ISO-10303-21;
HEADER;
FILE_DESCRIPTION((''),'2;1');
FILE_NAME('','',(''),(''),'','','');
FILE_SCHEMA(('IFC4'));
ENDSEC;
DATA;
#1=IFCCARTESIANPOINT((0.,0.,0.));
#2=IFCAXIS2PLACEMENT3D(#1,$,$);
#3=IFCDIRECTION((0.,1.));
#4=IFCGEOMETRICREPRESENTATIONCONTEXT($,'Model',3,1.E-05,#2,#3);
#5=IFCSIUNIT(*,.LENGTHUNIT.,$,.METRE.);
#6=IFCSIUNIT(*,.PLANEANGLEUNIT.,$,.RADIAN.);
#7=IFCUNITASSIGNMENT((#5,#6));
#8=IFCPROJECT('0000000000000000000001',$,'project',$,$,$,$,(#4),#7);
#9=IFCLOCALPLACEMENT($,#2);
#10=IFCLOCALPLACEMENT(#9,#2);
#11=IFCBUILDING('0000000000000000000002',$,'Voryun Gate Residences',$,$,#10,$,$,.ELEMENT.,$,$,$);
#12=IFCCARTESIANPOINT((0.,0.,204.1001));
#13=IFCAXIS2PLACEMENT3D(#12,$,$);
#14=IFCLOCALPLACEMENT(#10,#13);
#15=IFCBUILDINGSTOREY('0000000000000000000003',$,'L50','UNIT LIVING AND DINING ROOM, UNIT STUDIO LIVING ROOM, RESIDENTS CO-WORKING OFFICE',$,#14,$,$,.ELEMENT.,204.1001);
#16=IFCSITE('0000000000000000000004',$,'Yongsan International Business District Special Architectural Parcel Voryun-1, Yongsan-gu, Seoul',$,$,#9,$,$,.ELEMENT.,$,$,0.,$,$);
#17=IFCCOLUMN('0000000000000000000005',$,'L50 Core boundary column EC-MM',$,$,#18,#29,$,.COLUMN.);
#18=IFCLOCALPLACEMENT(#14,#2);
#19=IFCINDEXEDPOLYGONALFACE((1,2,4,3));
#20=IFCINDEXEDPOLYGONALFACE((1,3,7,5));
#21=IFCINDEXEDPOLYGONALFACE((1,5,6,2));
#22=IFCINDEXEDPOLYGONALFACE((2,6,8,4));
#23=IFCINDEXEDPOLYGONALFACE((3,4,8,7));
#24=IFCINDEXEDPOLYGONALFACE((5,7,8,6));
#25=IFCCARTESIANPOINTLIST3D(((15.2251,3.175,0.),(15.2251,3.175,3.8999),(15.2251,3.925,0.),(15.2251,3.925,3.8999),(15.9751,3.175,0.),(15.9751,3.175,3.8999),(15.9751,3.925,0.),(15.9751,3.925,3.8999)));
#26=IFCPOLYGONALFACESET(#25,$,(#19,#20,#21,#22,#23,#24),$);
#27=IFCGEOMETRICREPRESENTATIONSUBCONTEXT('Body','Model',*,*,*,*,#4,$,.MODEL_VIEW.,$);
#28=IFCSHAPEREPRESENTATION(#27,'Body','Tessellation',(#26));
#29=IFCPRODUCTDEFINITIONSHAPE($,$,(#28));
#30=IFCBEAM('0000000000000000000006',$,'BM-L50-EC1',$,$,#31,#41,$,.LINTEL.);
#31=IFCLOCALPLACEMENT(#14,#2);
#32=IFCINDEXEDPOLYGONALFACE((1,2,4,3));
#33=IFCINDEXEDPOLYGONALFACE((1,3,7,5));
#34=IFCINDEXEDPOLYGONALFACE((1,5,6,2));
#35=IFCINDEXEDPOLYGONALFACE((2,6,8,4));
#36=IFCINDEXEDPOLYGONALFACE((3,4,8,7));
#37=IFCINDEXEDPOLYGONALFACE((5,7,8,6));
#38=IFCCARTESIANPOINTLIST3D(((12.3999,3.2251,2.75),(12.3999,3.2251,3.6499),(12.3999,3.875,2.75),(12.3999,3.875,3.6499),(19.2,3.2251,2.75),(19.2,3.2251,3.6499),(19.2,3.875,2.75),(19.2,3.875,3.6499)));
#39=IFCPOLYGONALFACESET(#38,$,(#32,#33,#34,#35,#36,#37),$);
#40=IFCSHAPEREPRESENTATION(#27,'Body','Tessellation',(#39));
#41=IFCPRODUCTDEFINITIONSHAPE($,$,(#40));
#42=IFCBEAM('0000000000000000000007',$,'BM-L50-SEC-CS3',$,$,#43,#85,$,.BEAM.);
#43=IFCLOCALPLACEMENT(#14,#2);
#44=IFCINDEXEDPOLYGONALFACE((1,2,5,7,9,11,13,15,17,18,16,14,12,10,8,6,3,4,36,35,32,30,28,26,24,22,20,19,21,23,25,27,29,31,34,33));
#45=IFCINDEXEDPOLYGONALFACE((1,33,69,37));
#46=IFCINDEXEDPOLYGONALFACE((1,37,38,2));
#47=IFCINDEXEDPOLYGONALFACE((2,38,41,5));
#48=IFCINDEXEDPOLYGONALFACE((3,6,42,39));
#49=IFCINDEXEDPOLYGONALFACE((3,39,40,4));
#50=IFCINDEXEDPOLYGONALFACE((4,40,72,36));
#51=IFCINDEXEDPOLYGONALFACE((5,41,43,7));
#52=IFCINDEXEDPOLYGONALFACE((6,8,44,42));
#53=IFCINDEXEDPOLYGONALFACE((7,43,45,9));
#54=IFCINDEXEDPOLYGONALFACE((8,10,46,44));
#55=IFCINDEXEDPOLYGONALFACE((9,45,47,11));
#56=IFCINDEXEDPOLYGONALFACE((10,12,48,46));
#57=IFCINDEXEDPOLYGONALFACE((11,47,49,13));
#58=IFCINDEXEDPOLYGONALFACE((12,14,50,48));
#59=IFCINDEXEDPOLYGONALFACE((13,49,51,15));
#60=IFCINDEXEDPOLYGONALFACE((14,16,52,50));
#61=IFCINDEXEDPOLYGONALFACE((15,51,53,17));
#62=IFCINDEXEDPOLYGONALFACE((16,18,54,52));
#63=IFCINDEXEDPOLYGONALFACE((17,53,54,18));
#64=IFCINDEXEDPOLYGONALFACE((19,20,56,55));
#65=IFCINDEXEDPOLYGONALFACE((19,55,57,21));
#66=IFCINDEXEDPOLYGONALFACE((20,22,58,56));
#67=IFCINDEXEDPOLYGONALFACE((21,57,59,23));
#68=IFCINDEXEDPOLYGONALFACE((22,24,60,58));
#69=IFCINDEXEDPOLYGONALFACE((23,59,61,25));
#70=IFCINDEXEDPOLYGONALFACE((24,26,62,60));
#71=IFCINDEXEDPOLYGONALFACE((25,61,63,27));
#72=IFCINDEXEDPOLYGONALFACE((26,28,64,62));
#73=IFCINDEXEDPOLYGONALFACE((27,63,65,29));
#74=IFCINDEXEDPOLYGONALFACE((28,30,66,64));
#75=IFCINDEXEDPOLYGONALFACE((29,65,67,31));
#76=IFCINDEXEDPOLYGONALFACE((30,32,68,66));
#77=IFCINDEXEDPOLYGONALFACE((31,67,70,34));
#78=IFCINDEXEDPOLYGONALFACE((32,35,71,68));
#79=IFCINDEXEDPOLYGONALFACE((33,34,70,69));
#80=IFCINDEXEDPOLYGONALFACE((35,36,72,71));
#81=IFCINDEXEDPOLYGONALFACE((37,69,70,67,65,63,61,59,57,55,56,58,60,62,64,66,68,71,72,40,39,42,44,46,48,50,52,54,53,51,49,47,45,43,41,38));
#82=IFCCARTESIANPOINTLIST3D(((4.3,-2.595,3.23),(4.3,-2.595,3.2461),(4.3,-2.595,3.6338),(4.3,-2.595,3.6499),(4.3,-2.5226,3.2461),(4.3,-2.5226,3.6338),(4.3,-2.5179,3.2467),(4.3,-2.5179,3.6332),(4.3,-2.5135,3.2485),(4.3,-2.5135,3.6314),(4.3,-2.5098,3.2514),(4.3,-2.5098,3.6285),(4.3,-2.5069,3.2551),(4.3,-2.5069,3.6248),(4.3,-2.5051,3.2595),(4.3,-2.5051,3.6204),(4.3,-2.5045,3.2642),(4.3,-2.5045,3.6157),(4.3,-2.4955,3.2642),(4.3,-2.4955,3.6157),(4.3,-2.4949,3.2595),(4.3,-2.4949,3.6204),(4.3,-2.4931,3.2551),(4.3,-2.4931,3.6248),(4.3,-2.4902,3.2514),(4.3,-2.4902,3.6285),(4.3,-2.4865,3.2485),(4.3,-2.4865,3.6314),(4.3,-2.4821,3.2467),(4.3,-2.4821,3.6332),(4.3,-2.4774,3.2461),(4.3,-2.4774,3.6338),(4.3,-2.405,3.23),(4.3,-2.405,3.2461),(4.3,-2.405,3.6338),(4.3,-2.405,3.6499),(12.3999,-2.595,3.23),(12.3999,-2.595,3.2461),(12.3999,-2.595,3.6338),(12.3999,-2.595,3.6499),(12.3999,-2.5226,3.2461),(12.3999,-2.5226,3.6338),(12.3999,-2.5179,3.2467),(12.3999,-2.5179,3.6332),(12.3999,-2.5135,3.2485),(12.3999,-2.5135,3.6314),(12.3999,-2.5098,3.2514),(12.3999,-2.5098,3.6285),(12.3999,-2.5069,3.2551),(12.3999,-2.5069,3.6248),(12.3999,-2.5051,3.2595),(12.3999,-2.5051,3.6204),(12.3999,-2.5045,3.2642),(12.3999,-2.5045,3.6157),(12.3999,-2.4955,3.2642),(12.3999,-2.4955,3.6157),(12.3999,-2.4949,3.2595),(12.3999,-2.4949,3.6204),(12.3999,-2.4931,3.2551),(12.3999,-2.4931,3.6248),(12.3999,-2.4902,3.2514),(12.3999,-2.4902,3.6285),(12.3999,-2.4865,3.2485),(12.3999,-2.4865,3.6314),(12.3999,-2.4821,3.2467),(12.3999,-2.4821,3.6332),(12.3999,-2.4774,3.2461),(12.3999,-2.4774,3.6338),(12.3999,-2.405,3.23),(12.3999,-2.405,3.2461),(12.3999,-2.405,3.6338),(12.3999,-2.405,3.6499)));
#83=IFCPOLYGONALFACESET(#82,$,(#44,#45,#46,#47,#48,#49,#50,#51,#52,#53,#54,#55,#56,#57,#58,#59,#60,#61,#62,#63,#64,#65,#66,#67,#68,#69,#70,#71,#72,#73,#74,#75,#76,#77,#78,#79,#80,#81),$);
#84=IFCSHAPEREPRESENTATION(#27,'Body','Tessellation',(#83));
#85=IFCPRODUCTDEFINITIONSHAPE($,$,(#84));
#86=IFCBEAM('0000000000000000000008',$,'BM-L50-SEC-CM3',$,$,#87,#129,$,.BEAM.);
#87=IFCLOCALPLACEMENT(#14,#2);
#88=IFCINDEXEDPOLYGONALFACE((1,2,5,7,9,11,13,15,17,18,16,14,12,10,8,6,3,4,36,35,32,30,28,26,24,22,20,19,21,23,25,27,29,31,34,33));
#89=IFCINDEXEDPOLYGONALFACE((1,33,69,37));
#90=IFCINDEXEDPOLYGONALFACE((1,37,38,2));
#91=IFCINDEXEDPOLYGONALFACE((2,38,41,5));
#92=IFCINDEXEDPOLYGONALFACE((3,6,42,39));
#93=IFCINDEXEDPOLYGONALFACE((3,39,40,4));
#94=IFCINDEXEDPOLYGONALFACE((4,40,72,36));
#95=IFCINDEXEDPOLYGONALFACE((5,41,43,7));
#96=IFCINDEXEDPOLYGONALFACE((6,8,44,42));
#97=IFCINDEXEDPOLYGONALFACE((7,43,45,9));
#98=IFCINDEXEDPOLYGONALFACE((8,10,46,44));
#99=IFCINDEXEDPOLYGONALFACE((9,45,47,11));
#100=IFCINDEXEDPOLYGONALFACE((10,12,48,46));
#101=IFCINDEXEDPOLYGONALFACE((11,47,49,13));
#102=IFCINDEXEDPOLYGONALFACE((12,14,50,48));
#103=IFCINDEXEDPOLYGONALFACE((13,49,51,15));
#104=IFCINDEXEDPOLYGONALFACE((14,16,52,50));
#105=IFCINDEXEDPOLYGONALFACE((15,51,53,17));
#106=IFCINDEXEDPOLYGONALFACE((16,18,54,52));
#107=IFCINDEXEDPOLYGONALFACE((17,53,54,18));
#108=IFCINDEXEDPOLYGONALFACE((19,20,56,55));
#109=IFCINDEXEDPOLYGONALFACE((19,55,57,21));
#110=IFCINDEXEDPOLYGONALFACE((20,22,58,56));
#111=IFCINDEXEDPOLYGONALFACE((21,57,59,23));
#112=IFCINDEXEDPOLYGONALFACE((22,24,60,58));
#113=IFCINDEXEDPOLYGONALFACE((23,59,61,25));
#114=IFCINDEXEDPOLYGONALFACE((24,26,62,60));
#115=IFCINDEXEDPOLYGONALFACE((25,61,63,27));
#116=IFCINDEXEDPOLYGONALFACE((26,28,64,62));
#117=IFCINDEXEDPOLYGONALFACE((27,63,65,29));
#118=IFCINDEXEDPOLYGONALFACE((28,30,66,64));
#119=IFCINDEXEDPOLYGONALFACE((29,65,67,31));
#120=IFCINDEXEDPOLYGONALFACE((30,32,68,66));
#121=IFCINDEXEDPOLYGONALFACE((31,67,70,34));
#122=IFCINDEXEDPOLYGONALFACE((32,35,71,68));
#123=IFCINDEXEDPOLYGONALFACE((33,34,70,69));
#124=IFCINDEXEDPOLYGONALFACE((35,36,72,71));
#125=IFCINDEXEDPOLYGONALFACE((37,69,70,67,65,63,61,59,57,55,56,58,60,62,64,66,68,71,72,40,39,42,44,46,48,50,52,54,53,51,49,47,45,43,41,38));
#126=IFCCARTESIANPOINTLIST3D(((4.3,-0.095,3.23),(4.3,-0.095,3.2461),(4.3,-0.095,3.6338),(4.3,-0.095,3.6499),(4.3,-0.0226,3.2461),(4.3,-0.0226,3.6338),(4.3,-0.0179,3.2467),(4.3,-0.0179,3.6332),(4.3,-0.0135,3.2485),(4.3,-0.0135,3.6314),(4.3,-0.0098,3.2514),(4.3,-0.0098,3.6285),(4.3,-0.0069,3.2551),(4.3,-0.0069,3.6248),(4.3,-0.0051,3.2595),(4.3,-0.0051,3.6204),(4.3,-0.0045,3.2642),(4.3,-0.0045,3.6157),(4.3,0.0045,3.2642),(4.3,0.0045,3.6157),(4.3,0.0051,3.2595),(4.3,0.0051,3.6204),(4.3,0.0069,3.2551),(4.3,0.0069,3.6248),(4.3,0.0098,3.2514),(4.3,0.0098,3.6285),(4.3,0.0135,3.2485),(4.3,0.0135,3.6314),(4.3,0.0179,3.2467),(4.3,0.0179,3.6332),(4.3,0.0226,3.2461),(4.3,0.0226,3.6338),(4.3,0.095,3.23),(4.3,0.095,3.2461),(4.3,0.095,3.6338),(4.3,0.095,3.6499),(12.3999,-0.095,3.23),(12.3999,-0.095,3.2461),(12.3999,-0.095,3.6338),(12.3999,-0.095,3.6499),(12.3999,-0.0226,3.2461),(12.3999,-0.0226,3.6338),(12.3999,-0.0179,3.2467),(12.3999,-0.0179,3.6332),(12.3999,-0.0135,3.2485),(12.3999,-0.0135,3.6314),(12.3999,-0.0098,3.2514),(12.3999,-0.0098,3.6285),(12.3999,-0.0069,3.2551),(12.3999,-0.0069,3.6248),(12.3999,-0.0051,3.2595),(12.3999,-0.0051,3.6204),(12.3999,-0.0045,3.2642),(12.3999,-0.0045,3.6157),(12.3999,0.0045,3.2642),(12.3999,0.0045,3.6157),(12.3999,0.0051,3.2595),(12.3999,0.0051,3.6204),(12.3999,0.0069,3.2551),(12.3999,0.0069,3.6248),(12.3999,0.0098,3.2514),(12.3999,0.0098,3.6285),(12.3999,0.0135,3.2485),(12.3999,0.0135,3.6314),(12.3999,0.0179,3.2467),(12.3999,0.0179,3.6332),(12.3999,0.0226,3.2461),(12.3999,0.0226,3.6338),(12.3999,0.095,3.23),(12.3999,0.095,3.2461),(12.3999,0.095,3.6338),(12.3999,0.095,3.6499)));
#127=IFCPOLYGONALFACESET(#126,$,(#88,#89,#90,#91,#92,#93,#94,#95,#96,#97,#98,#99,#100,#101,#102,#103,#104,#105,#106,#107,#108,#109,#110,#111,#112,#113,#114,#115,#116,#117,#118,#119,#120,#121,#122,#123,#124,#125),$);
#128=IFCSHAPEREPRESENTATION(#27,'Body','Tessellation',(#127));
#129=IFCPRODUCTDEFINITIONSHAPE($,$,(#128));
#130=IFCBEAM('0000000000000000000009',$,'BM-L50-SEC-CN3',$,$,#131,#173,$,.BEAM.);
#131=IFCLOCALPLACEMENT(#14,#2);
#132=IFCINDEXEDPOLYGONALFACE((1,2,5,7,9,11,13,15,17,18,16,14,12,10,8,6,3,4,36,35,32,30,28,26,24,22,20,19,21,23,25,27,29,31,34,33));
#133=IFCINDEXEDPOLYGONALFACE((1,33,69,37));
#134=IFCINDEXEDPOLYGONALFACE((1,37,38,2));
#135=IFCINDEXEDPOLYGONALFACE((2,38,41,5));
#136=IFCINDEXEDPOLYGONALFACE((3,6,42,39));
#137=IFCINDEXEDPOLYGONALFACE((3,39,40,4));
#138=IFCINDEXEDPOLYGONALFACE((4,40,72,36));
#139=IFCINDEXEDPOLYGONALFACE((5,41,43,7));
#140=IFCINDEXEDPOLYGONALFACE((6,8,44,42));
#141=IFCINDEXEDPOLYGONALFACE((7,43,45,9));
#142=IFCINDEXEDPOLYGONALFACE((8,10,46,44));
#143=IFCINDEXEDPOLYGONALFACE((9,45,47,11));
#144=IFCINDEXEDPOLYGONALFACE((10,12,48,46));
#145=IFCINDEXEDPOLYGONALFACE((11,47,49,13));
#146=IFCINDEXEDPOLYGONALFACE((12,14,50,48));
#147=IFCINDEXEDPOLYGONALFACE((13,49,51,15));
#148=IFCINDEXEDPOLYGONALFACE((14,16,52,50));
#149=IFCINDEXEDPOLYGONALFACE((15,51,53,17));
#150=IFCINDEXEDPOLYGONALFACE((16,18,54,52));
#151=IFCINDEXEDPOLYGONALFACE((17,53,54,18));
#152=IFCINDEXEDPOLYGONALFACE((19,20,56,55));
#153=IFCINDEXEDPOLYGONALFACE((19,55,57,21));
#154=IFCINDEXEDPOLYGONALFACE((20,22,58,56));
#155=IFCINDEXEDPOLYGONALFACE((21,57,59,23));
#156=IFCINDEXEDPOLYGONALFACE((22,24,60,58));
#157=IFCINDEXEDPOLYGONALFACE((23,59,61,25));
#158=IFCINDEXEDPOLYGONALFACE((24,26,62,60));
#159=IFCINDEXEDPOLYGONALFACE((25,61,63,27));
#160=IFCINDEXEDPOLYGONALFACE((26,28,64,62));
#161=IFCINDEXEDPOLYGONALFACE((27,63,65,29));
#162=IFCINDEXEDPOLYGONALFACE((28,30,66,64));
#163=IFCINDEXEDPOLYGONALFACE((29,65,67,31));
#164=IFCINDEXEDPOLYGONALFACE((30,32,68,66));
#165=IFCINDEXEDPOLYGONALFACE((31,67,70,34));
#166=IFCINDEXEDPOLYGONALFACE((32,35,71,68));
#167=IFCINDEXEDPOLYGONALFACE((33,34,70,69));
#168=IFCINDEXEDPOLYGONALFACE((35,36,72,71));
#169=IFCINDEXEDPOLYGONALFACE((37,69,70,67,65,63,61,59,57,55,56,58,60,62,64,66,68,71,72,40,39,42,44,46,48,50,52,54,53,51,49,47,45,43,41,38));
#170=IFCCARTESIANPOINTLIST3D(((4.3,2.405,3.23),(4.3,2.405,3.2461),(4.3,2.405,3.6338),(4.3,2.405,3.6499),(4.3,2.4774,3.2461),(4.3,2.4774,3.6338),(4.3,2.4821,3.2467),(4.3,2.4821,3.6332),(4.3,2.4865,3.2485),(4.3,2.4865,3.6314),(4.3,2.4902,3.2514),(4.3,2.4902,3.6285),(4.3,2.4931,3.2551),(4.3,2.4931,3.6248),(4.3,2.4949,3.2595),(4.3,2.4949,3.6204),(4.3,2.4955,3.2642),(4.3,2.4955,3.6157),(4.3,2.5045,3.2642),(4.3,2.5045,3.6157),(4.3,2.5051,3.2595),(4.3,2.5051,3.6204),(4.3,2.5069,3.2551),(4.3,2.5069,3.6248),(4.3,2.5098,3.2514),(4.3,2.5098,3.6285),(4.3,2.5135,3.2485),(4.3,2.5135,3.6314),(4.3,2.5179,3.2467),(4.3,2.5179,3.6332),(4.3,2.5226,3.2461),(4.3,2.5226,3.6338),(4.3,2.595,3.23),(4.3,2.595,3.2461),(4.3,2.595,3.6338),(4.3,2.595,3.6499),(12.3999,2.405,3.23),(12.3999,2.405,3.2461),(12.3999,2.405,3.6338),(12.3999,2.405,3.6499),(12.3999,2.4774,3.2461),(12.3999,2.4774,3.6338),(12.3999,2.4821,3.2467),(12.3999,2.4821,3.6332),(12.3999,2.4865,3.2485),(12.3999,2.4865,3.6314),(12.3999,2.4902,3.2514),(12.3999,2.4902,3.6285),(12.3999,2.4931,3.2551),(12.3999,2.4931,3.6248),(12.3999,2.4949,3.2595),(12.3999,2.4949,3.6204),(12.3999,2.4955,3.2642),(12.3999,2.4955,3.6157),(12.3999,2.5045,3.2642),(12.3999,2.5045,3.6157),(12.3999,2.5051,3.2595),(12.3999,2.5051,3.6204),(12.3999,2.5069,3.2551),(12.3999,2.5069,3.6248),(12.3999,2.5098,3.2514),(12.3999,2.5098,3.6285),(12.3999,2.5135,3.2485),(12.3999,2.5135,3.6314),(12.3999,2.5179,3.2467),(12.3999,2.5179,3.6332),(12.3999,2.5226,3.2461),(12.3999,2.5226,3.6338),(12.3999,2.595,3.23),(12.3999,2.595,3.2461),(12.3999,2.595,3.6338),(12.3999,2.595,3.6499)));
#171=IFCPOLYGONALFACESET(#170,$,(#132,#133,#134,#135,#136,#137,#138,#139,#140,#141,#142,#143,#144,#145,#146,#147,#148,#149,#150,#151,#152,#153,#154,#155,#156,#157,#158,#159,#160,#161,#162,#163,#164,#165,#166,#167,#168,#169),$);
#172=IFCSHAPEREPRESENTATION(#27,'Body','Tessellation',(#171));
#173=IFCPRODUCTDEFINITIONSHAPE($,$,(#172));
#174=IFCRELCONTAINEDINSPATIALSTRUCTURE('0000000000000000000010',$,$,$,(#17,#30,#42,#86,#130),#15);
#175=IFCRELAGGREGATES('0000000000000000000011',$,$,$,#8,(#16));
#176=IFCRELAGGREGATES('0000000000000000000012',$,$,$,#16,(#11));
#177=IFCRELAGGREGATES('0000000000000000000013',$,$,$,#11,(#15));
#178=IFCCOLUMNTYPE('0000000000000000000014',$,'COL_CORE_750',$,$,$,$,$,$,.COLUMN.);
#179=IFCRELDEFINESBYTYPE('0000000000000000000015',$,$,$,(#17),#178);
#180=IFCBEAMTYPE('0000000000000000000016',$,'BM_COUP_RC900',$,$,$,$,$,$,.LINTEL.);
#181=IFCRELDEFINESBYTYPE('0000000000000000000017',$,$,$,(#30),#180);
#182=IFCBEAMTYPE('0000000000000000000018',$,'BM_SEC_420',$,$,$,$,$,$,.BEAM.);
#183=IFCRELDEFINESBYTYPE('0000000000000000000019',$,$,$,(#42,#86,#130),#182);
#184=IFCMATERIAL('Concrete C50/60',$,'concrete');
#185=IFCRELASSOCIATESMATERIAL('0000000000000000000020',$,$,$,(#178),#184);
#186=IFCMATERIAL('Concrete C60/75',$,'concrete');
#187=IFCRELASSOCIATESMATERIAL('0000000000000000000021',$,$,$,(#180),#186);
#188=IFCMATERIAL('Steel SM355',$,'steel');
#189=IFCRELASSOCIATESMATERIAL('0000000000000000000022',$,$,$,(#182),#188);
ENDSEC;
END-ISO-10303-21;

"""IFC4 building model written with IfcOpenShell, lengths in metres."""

from ifc_helpers import new_model, si_unit, direction, frame, origin, origin_2d, place, context, subcontext, project, spatial, rectangle, i_section, extrude, material, material_profile, profile_set, type_object, element, save


model = new_model("IFC4")

# Units and contexts
model_context = context("Model", 3, precision=1e-05, world=origin(), true_north=direction((0.0, 1.0)))
body_context = subcontext(model_context, "Body", "Model", "MODEL_VIEW")
ifc_project = project(units=[si_unit("LENGTHUNIT", "METRE"), si_unit("PLANEANGLEUNIT", "RADIAN")], contexts=[model_context])

# Site, building, storey
site_placement = place(None, origin())
site = spatial("IfcSite", under=ifc_project, at=site_placement, Name="Yongsan International Business District Special Architectural Parcel Voryun-1, Yongsan-gu, Seoul", CompositionType="ELEMENT", RefElevation=0.0)
building_placement = place(site_placement, origin())
building = spatial("IfcBuilding", under=site, at=building_placement, Name="Voryun Gate Residences", CompositionType="ELEMENT")
storey_placement = place(building_placement, frame((0.0, 0.0, 204.1001)))
storey = spatial("IfcBuildingStorey", under=building, at=storey_placement, Name="L50", Description="UNIT LIVING AND DINING ROOM, UNIT STUDIO LIVING ROOM, RESIDENTS CO-WORKING OFFICE", CompositionType="ELEMENT", Elevation=204.1001)

# Column
ifc_material_1 = material(Name="Concrete C50/60", Category="concrete")
ifc_material_profile_1 = material_profile(ifc_material_1, rectangle(XDim=0.75, YDim=0.75, at=origin_2d()), Name="RC-750x750")
ifc_profile_set_1 = profile_set([ifc_material_profile_1], Name="Concrete C50/60")
column_type = type_object("IfcColumnType", Name="COL_CORE_750", PredefinedType="COLUMN", material=ifc_profile_set_1)
column_placement = place(storey_placement, frame((15.6001, 3.55, 0.0), z_axis=(0.0, 0.0, 1.0), x_axis=(1.0, 0.0, 0.0)))
element("IfcColumn", 1, at=column_placement, inside=storey, type_object=column_type, Name="L50 Core boundary column EC-MM", PredefinedType="COLUMN", context=body_context, shape_type="SweptSolid", body=[
    extrude(rectangle(XDim=0.75, YDim=0.75, at=origin_2d()), origin(), (0.0, 0.0, 1.0), 3.8999),
])

# Beams
ifc_material_2 = material(Name="Concrete C60/75", Category="concrete")
ifc_material_profile_2 = material_profile(ifc_material_2, rectangle(XDim=0.6499, YDim=0.8999, at=origin_2d()), Name="RC-650x900")
ifc_profile_set_2 = profile_set([ifc_material_profile_2], Name="Concrete C60/75")
beam_type_1 = type_object("IfcBeamType", Name="BM_COUP_RC900", PredefinedType="LINTEL", material=ifc_profile_set_2)
beam_placement = place(storey_placement, frame((12.3999, 3.55, 3.2), z_axis=(1.0, 0.0, 0.0), x_axis=(0.0, 1.0, 0.0)))
element("IfcBeam", 2, at=beam_placement, inside=storey, type_object=beam_type_1, Name="BM-L50-EC1", PredefinedType="LINTEL", context=body_context, shape_type="SweptSolid", body=[
    extrude(rectangle(XDim=0.6499, YDim=0.8999, at=origin_2d()), origin(), (0.0, 0.0, 1.0), 6.8),
])
ifc_material_3 = material(Name="Steel SM355", Category="steel")
ifc_material_profile_3 = material_profile(ifc_material_3, i_section(OverallWidth=0.1899, OverallDepth=0.4199, WebThickness=0.009, FlangeThickness=0.0161, FilletRadius=0.0181, at=origin_2d()), Name="H-420x190x9x16")
ifc_profile_set_3 = profile_set([ifc_material_profile_3], Name="Steel SM355")
beam_type_2 = type_object("IfcBeamType", Name="BM_SEC_420", PredefinedType="BEAM", material=ifc_profile_set_3)
for number, where, z_axis, x_axis, name in (
    (3, (4.3, -2.5, 3.4399), (1.0, 0.0, 0.0), (0.0, 1.0, 0.0), "BM-L50-SEC-CS3"),
    (4, (4.3, 0.0, 3.4399), (1.0, 0.0, 0.0), (0.0, 1.0, 0.0), "BM-L50-SEC-CM3"),
    (5, (4.3, 2.5, 3.4399), (1.0, 0.0, 0.0), (0.0, 1.0, 0.0), "BM-L50-SEC-CN3"),
):
    element("IfcBeam", number, at=place(storey_placement, frame(where, z_axis=z_axis, x_axis=x_axis)), inside=storey, type_object=beam_type_2, Name=name, PredefinedType="BEAM", context=body_context, shape_type="SweptSolid", body=[
        extrude(i_section(OverallWidth=0.1899, OverallDepth=0.4199, WebThickness=0.009, FlangeThickness=0.0161, FilletRadius=0.0181, at=origin_2d()), origin(), (0.0, 0.0, 1.0), 8.0999),
    ])

save(model, "model.ifc")
